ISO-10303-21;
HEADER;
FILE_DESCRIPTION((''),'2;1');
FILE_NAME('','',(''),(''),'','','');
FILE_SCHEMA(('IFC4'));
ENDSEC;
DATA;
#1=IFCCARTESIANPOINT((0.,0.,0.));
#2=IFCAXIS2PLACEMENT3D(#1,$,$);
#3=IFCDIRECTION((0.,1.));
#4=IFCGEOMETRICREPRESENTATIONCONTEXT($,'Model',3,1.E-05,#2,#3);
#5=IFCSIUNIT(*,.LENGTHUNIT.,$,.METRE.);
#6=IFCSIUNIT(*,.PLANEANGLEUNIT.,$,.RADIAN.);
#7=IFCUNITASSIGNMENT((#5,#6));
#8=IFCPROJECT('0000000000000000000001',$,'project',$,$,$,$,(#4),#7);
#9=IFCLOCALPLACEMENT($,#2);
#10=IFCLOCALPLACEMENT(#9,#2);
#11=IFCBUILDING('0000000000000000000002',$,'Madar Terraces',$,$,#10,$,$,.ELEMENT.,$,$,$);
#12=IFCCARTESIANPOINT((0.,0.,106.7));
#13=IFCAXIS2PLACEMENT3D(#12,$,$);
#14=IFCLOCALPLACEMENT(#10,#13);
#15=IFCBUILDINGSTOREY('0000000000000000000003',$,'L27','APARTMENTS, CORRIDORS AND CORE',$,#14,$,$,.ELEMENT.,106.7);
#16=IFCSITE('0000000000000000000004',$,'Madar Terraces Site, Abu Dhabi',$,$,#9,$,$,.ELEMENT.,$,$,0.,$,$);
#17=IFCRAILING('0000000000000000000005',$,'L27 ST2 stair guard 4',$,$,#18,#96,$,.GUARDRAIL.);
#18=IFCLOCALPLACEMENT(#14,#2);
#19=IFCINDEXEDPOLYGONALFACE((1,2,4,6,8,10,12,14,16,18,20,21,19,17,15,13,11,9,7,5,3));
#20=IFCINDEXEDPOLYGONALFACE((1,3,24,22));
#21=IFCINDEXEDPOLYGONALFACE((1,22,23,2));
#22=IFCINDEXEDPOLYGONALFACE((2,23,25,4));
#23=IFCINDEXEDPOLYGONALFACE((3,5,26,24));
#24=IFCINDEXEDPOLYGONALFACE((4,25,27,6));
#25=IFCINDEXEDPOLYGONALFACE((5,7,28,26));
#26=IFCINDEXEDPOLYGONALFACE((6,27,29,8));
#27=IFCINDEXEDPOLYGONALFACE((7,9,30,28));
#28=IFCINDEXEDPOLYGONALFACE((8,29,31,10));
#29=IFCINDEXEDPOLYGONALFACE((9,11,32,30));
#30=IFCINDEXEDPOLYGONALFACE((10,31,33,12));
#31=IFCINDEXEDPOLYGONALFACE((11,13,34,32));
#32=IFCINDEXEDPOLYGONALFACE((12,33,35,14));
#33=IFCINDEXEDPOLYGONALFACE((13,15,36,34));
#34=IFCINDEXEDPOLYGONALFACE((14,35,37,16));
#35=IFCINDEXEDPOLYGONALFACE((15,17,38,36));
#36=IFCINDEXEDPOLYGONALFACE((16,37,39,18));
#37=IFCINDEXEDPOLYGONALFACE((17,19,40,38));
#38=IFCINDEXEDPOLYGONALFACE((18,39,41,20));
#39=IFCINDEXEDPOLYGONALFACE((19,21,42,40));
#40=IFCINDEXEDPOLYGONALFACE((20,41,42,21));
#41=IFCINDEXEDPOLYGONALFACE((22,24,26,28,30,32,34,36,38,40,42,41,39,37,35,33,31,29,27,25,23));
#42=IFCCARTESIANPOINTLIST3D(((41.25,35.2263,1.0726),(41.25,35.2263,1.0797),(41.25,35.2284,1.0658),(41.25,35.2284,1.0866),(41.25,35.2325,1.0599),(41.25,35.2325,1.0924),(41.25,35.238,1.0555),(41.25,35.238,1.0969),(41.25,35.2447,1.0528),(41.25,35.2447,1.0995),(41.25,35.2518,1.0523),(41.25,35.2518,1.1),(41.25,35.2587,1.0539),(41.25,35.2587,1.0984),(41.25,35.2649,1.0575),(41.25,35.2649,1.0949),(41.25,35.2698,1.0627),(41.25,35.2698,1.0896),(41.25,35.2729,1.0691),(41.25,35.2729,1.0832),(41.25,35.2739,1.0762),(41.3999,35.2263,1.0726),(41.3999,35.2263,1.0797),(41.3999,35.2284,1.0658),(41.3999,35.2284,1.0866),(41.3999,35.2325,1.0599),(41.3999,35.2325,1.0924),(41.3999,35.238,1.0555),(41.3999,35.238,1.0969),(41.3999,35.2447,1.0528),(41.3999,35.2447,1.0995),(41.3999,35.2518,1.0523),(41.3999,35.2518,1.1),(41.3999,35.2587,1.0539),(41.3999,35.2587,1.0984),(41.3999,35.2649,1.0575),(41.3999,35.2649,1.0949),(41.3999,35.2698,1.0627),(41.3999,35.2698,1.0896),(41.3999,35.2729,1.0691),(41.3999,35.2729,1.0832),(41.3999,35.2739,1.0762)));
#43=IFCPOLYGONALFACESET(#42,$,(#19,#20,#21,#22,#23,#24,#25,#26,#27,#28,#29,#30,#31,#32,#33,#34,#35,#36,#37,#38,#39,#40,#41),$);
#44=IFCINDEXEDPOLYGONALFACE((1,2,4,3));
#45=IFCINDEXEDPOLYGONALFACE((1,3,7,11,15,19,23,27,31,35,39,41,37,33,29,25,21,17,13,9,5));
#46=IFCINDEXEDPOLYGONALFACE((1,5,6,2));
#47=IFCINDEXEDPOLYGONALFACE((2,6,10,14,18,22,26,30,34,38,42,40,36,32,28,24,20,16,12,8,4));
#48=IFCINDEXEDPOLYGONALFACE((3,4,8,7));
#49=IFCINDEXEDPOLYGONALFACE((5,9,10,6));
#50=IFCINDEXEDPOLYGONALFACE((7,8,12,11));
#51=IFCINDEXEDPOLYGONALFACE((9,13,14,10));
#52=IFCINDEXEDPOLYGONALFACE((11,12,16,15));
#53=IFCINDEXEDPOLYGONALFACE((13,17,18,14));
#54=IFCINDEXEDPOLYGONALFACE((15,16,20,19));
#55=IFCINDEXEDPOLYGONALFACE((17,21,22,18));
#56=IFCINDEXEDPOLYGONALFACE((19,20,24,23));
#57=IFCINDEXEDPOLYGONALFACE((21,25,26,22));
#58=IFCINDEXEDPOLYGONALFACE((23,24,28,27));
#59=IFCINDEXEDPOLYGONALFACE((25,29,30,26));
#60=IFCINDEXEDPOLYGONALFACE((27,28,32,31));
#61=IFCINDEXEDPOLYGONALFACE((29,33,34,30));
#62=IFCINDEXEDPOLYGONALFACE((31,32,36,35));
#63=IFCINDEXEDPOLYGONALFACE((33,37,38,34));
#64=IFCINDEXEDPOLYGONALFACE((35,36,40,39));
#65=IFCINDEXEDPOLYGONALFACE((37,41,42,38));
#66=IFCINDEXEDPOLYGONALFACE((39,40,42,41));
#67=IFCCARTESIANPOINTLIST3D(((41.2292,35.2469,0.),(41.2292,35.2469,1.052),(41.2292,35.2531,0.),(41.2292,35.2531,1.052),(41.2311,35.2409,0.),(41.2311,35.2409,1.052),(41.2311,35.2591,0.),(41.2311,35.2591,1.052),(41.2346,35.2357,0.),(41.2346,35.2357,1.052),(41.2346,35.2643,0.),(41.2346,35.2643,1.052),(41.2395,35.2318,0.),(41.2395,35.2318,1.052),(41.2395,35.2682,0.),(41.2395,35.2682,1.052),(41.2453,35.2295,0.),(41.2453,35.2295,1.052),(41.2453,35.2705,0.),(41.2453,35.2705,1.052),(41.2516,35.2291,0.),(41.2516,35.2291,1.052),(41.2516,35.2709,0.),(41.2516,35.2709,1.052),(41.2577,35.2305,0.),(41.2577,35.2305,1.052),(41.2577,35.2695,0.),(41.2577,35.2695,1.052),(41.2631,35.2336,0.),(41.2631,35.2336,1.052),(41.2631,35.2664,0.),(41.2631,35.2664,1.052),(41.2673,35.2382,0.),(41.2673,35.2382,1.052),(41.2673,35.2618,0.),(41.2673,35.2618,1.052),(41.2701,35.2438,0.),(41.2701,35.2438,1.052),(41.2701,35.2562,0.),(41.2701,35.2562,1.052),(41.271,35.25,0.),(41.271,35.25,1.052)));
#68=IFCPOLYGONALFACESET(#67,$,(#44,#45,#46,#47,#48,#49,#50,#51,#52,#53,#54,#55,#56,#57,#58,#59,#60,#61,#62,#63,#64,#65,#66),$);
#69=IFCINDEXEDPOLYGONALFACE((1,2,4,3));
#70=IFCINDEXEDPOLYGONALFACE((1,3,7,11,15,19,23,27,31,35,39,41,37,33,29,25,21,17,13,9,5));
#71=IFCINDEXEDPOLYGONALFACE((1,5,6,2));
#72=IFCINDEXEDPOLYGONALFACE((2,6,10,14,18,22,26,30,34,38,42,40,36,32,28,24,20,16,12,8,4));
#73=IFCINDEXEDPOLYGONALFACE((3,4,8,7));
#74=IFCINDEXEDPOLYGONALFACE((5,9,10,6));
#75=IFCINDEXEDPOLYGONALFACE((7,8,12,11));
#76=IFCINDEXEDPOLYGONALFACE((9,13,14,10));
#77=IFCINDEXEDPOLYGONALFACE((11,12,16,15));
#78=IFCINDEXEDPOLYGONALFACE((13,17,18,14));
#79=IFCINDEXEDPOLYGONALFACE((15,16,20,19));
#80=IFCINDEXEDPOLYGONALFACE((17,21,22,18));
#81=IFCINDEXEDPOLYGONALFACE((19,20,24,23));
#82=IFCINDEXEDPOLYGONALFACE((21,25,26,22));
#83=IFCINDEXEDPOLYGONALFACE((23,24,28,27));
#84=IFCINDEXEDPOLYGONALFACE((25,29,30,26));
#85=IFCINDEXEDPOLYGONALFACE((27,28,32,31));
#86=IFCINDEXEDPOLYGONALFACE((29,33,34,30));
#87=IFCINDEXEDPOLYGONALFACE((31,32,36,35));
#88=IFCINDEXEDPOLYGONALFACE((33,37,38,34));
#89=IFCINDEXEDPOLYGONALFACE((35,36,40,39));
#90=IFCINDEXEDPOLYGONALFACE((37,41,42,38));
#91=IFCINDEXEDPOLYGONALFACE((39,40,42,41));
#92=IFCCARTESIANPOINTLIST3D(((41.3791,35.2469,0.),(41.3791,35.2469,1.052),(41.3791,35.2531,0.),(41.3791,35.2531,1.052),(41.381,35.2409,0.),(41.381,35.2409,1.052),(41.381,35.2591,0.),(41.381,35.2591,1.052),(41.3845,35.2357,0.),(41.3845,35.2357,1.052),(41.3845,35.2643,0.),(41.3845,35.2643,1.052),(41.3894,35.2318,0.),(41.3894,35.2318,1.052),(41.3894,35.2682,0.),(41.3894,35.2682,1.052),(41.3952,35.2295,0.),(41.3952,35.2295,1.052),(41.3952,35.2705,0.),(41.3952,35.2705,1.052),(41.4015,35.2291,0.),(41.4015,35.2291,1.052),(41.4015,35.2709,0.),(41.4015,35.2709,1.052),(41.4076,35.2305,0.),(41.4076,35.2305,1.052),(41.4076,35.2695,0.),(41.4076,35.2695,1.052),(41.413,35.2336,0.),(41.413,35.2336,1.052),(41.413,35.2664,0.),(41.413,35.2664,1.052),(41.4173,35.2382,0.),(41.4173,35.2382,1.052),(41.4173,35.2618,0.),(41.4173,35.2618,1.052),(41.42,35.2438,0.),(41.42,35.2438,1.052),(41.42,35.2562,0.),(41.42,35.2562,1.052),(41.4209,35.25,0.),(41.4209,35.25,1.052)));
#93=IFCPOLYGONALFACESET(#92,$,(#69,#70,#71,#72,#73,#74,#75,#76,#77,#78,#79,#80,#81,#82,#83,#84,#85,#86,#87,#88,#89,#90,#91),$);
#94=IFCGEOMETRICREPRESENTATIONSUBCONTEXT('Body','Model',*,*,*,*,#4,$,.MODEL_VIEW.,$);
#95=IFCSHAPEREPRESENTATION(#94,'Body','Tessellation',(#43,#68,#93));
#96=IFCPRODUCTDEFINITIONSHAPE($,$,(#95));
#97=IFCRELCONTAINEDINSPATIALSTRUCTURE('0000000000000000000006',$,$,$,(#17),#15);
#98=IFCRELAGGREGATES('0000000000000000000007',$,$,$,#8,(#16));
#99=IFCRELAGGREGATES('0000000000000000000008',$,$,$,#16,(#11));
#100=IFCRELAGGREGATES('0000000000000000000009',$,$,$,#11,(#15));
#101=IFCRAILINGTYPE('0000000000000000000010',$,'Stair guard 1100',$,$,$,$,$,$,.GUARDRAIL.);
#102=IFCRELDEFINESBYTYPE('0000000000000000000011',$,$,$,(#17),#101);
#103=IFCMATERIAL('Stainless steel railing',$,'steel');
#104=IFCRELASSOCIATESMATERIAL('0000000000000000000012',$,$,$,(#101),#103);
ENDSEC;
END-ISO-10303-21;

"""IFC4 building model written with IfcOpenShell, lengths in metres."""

from ifc_helpers import new_model, si_unit, direction, frame, origin, origin_2d, place, context, subcontext, project, spatial, circle, extrude, material, type_object, element, save


model = new_model("IFC4")

# Units and contexts
model_context = context("Model", 3, precision=1e-05, world=origin(), true_north=direction((0.0, 1.0)))
body_context = subcontext(model_context, "Body", "Model", "MODEL_VIEW")
ifc_project = project(units=[si_unit("LENGTHUNIT", "METRE"), si_unit("PLANEANGLEUNIT", "RADIAN")], contexts=[model_context])

# Site, building, storey
site_placement = place(None, origin())
site = spatial("IfcSite", under=ifc_project, at=site_placement, Name="Madar Terraces Site, Abu Dhabi", CompositionType="ELEMENT", RefElevation=0.0)
building_placement = place(site_placement, origin())
building = spatial("IfcBuilding", under=site, at=building_placement, Name="Madar Terraces", CompositionType="ELEMENT")
storey_placement = place(building_placement, frame((0.0, 0.0, 106.7)))
storey = spatial("IfcBuildingStorey", under=building, at=storey_placement, Name="L27", Description="APARTMENTS, CORRIDORS AND CORE", CompositionType="ELEMENT", Elevation=106.7)

# Railing
ifc_material_1 = material(Name="Stainless steel railing", Category="steel")
railing_type_1 = type_object("IfcRailingType", Name="Stair guard 1100", PredefinedType="GUARDRAIL", material=ifc_material_1)
railing_1_placement = place(storey_placement, frame((41.25, 35.25, 0.0)))
element("IfcRailing", 1, at=railing_1_placement, inside=storey, type_object=railing_type_1, Name="L27 ST2 stair guard 4", PredefinedType="GUARDRAIL", context=body_context, shape_type="SweptSolid", body=[
    extrude(circle(Radius=0.0239, at=origin_2d()), frame((0.0, 0.0, 1.0762), z_axis=(1.0, 0.0, 0.0), x_axis=(0.0, 1.0, 0.0)), (0.0, 0.0, 1.0), 0.1499),
    extrude(circle(Radius=0.021, at=origin_2d()), origin(), (0.0, 0.0, 1.0), 1.052),
    extrude(circle(Radius=0.021, at=origin_2d()), frame((0.1499, 0.0, 0.0)), (0.0, 0.0, 1.0), 1.052),
])

save(model, "model.ifc")
